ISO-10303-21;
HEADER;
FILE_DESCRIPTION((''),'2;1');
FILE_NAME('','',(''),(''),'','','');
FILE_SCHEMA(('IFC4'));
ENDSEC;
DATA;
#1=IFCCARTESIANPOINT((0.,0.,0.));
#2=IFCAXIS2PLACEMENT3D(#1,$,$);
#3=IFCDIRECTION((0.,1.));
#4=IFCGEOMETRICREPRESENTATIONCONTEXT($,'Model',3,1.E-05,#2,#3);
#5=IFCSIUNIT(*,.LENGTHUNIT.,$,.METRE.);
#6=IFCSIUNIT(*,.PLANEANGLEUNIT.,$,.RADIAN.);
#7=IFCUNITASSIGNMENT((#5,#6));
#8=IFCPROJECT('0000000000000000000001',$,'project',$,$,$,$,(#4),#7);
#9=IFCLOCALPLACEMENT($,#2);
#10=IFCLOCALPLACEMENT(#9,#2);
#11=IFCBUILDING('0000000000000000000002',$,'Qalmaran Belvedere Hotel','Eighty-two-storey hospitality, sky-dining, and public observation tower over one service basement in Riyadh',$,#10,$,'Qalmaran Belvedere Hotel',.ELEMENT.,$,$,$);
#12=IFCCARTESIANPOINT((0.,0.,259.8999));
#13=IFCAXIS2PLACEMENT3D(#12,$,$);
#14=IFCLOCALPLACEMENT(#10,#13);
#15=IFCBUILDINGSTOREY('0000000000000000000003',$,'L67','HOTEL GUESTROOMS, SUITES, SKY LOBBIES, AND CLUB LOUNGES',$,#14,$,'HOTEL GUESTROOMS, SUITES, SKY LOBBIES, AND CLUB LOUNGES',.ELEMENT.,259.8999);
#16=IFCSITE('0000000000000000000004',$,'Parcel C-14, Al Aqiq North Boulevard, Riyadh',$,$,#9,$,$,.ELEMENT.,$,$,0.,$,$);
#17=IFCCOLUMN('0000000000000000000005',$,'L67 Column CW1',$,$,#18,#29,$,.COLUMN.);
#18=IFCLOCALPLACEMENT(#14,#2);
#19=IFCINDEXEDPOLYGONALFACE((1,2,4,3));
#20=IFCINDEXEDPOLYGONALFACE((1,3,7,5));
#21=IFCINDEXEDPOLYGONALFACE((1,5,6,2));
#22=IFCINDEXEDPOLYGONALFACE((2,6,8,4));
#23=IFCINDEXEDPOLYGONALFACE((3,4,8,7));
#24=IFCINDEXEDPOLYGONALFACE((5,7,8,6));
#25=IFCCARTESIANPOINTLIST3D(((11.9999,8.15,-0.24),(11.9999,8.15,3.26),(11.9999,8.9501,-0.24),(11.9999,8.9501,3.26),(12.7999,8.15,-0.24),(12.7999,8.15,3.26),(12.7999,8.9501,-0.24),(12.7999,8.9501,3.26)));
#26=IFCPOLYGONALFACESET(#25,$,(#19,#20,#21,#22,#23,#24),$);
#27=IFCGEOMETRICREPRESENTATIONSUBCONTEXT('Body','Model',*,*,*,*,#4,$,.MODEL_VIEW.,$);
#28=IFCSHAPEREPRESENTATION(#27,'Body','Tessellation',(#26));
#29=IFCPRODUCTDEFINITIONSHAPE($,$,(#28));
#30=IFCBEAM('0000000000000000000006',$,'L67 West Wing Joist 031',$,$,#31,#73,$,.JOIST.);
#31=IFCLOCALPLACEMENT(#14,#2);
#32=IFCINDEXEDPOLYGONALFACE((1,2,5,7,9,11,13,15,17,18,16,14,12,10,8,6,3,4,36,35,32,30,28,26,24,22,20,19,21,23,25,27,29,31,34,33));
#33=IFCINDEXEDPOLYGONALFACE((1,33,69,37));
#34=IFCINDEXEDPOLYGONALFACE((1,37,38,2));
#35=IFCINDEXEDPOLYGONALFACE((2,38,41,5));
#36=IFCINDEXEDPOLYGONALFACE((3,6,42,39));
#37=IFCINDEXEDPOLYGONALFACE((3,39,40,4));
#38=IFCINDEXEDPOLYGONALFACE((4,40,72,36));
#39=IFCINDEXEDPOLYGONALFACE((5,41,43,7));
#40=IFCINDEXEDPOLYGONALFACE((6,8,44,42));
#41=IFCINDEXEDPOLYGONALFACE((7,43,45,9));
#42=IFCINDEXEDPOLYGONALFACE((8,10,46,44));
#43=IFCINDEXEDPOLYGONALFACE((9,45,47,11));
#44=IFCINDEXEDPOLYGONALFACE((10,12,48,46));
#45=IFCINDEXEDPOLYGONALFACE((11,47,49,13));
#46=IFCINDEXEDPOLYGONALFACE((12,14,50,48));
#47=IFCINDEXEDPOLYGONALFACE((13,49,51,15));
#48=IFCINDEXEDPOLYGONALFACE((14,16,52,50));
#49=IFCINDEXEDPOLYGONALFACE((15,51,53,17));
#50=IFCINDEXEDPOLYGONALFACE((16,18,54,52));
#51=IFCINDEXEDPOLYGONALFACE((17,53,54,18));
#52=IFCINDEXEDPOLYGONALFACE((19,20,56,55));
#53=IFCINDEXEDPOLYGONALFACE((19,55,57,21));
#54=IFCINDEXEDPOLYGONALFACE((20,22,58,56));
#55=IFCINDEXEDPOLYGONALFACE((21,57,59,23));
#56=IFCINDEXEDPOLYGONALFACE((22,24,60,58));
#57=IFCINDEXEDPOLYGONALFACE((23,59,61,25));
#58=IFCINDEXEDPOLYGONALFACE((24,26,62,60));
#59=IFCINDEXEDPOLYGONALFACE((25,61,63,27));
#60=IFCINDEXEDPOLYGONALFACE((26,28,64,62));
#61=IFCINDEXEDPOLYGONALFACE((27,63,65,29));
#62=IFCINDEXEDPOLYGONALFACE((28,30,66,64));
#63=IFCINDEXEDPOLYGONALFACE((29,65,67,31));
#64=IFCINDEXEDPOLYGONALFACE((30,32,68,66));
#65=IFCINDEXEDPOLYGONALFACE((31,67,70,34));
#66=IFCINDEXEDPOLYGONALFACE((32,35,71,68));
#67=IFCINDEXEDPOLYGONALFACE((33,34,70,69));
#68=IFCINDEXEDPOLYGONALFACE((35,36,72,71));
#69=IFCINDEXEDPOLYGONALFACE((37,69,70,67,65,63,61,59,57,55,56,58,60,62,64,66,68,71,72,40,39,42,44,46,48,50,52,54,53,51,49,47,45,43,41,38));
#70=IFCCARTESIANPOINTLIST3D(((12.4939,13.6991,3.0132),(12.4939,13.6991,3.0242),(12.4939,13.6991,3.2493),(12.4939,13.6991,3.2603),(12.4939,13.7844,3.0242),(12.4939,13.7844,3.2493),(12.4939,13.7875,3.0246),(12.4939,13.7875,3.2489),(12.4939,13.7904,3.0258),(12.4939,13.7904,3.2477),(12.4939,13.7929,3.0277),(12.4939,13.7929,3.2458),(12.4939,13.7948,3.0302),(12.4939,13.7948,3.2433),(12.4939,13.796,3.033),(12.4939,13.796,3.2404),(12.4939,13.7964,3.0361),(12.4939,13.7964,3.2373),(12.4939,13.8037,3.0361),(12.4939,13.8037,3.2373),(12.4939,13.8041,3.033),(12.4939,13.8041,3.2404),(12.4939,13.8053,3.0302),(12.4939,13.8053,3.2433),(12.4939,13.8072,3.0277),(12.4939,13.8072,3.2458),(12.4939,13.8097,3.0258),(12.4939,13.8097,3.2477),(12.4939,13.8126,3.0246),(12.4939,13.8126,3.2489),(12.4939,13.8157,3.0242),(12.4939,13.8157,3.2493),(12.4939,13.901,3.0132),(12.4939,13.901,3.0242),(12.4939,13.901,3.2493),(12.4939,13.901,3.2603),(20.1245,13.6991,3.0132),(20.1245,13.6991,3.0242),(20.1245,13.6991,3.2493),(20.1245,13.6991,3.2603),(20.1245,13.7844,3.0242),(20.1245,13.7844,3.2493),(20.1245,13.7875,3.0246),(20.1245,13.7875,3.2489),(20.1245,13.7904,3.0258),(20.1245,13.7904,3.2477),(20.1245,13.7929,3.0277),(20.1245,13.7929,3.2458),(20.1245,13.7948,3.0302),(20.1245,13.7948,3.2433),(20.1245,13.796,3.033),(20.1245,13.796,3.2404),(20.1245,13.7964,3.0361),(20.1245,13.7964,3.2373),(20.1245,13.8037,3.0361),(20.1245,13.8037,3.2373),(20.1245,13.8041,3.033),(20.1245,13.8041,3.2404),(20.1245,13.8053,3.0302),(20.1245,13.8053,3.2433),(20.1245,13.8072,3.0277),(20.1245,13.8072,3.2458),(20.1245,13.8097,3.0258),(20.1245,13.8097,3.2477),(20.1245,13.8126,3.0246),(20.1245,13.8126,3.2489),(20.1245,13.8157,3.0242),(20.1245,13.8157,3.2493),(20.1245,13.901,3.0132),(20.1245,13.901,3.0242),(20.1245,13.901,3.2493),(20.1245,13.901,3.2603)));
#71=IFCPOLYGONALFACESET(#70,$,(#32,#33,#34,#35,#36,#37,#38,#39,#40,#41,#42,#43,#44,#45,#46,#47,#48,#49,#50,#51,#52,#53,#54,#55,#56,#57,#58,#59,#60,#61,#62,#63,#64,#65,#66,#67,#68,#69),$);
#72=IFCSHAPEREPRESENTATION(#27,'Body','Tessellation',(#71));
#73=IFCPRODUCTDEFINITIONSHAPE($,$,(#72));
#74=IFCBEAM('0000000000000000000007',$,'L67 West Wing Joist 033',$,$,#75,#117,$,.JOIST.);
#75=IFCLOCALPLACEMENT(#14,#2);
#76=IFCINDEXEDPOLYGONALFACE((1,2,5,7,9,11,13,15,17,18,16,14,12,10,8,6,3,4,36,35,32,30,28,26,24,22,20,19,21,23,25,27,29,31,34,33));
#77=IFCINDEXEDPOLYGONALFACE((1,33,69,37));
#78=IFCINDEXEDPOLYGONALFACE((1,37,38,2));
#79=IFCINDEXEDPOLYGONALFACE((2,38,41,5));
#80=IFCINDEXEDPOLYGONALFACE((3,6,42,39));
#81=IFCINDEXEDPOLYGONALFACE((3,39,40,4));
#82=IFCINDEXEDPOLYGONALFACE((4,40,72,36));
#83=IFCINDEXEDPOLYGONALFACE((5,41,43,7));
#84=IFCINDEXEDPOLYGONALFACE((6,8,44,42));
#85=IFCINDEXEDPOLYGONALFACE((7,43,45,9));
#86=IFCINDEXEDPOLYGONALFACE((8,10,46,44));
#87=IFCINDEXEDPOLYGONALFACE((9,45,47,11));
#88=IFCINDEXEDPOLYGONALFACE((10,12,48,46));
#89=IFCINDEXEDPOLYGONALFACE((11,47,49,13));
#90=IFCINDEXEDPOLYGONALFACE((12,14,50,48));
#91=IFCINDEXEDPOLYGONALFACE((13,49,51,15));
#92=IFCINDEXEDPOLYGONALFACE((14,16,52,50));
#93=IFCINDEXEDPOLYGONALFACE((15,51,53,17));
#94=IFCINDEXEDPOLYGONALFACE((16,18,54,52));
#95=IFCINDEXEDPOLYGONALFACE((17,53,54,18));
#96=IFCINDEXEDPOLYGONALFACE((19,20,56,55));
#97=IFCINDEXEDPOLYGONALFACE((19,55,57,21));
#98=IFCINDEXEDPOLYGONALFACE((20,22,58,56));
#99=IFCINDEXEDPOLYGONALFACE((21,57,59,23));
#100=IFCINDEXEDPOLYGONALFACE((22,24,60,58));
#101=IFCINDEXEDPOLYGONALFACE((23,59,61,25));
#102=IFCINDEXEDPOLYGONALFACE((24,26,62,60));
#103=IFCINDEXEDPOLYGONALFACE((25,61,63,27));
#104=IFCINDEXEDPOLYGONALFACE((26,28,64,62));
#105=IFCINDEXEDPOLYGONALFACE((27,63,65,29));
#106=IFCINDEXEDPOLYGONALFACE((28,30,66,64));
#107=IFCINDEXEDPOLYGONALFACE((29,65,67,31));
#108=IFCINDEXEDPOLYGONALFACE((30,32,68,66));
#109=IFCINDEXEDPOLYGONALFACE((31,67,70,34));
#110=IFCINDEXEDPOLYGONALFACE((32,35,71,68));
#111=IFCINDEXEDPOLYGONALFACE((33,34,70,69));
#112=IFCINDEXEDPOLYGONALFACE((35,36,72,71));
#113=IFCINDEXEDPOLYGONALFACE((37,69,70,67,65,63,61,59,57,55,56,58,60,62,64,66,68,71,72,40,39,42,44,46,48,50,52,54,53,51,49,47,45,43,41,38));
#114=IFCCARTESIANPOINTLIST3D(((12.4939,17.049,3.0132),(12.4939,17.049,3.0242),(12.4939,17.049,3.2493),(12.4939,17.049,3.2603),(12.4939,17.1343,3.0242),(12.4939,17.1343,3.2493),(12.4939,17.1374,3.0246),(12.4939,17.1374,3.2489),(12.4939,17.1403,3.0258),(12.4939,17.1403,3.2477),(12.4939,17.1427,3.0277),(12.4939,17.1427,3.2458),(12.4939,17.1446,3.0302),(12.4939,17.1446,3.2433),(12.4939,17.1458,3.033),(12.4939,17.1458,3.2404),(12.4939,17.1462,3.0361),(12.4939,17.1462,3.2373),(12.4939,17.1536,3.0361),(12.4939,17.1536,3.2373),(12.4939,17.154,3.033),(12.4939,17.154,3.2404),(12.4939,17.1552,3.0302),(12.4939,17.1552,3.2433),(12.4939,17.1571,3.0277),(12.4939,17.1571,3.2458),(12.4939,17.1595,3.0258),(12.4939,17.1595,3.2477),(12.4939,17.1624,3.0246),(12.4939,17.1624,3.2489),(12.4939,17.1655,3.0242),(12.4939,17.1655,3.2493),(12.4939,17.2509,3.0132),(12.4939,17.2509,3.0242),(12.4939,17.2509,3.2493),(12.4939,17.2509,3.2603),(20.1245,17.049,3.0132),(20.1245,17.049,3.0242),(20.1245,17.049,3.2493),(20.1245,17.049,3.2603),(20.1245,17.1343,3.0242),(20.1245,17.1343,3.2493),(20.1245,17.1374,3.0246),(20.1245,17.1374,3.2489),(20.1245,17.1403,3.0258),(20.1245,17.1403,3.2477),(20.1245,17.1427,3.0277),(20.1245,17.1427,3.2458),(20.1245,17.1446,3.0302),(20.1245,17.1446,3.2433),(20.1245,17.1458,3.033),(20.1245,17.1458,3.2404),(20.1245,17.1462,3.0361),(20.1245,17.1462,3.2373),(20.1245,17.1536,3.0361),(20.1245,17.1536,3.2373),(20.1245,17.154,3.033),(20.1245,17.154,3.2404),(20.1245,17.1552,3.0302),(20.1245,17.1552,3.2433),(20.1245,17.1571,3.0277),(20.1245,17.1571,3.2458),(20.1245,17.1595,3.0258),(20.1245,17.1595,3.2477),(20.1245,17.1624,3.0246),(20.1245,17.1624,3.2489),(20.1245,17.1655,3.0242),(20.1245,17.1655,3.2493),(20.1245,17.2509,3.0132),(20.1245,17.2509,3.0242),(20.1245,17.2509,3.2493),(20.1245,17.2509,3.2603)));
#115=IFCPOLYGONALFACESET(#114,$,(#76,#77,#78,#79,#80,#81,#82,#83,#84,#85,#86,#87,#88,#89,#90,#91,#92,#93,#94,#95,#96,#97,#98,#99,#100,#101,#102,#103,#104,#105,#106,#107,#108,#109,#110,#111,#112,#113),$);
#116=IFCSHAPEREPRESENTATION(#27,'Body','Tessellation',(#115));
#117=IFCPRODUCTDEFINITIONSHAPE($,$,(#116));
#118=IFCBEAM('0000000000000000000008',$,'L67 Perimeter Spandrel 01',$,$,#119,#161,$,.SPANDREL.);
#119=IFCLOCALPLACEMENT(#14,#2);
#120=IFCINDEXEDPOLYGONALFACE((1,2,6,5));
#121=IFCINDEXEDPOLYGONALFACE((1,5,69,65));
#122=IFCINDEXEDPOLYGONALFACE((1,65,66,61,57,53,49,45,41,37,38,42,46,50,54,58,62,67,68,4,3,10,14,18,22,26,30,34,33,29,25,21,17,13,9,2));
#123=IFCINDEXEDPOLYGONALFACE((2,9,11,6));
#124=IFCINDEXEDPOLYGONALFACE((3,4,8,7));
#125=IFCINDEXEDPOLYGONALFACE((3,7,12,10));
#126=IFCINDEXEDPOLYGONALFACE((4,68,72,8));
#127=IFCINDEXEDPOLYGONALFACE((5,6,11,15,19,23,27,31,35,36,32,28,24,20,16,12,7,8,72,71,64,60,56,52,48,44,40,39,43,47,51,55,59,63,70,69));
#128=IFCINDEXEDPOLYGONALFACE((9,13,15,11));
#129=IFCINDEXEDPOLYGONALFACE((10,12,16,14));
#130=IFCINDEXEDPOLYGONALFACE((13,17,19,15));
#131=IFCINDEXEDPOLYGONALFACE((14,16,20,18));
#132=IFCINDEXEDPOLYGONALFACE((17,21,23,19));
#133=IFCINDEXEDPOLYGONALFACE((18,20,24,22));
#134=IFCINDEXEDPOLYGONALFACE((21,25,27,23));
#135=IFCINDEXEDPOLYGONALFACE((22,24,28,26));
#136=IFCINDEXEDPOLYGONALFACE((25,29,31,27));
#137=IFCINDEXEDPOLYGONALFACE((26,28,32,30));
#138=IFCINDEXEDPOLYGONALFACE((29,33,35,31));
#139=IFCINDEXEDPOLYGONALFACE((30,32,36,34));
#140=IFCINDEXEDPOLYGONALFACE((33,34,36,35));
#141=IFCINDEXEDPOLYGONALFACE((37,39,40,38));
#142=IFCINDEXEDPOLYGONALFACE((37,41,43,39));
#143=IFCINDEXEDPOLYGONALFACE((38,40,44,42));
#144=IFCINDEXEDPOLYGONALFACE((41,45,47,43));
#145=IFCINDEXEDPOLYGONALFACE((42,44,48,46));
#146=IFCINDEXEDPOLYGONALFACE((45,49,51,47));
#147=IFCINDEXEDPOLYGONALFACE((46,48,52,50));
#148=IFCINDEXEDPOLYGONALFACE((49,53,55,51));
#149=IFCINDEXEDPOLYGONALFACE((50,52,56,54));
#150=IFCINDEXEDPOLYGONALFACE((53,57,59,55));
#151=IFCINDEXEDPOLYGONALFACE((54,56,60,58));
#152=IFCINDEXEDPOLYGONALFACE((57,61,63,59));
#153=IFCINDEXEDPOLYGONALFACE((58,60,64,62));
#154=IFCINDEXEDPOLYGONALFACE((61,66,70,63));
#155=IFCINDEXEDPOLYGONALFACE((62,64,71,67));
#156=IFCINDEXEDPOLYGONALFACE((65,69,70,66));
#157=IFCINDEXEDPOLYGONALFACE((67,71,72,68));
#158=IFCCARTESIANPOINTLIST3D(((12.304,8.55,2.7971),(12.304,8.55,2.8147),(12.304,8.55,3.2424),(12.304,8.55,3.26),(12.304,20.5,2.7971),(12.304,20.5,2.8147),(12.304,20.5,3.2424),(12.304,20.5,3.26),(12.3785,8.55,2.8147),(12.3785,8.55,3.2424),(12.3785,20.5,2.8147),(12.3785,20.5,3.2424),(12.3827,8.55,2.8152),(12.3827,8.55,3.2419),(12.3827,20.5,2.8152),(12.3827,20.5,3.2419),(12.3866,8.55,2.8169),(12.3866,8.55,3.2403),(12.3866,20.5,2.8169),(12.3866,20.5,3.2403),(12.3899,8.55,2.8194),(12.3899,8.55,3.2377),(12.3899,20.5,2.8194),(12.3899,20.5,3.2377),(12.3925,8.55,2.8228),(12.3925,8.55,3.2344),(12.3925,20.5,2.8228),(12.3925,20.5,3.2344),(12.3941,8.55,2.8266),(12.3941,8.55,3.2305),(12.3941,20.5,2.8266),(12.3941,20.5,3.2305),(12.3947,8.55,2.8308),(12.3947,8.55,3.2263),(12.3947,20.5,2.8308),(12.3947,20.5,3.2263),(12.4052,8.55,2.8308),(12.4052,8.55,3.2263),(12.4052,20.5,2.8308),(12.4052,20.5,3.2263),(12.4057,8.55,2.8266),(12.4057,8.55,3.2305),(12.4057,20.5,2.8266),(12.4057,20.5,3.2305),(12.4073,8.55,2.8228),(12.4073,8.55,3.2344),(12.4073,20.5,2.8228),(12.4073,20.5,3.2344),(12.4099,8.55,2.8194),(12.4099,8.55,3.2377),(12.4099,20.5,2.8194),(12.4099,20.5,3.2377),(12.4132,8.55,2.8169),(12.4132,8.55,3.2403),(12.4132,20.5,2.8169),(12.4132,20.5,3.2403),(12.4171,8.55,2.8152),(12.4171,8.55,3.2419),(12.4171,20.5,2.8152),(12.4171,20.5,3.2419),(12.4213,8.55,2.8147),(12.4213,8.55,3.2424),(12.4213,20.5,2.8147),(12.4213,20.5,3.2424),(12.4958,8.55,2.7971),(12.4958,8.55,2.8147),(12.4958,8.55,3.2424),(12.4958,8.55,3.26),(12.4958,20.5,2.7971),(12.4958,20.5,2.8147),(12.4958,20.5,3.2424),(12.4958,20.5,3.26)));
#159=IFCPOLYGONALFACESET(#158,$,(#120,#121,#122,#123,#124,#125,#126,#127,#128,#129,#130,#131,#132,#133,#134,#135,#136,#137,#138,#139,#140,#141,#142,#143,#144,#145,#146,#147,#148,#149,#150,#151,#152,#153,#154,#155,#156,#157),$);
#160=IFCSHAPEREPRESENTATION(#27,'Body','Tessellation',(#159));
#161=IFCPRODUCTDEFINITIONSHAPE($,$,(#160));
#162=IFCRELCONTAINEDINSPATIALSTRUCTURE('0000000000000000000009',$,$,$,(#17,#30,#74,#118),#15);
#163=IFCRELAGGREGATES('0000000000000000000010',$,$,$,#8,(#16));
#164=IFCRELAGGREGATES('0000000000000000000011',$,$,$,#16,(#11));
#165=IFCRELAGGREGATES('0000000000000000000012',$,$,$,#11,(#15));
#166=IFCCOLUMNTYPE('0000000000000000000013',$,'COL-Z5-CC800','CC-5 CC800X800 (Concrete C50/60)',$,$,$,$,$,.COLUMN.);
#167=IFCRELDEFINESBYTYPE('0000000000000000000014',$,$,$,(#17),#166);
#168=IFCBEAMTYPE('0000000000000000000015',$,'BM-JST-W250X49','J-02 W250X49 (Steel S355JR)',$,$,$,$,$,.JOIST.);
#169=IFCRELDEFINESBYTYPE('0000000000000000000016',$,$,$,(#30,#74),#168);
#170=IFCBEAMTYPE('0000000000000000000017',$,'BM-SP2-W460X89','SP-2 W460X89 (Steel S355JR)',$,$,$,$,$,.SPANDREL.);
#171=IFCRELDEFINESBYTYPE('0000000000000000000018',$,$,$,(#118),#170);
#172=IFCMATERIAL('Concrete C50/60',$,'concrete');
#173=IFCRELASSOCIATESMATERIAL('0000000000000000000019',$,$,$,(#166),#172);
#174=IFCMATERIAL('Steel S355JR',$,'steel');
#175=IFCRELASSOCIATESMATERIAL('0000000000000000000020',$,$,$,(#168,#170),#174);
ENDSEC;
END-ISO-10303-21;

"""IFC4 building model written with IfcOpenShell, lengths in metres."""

from ifc_helpers import new_model, si_unit, direction, frame, origin, origin_2d, place, context, subcontext, project, spatial, rectangle, i_section, extrude, material, material_profile, profile_set, type_object, element, save


model = new_model("IFC4")

# Units and contexts
model_context = context("Model", 3, precision=1e-05, world=origin(), true_north=direction((0.0, 1.0)))
body_context = subcontext(model_context, "Body", "Model", "MODEL_VIEW")
ifc_project = project(units=[si_unit("LENGTHUNIT", "METRE"), si_unit("PLANEANGLEUNIT", "RADIAN")], contexts=[model_context])

# Site, building, storey
site_placement = place(None, origin())
site = spatial("IfcSite", under=ifc_project, at=site_placement, Name="Parcel C-14, Al Aqiq North Boulevard, Riyadh", CompositionType="ELEMENT", RefElevation=0.0)
building_placement = place(site_placement, origin())
building = spatial("IfcBuilding", under=site, at=building_placement, Name="Qalmaran Belvedere Hotel", Description="Eighty-two-storey hospitality, sky-dining, and public observation tower over one service basement in Riyadh", LongName="Qalmaran Belvedere Hotel", CompositionType="ELEMENT")
storey_placement = place(building_placement, frame((0.0, 0.0, 259.8999)))
storey = spatial("IfcBuildingStorey", under=building, at=storey_placement, Name="L67", Description="HOTEL GUESTROOMS, SUITES, SKY LOBBIES, AND CLUB LOUNGES", LongName="HOTEL GUESTROOMS, SUITES, SKY LOBBIES, AND CLUB LOUNGES", CompositionType="ELEMENT", Elevation=259.8999)

# Column
ifc_material_1 = material(Name="Concrete C50/60", Category="concrete")
ifc_material_profile_1 = material_profile(ifc_material_1, rectangle(XDim=0.8, YDim=0.8, at=origin_2d()), Name="CC800X800")
ifc_profile_set_1 = profile_set([ifc_material_profile_1], Name="Concrete C50/60")
column_type = type_object("IfcColumnType", Name="COL-Z5-CC800", Description="CC-5 CC800X800 (Concrete C50/60)", PredefinedType="COLUMN", material=ifc_profile_set_1)
column_placement = place(storey_placement, frame((12.3999, 8.55, -0.24), z_axis=(0.0, 0.0, 1.0), x_axis=(1.0, 0.0, 0.0)))
element("IfcColumn", 1, at=column_placement, inside=storey, type_object=column_type, Name="L67 Column CW1", PredefinedType="COLUMN", context=body_context, shape_type="SweptSolid", body=[
    extrude(rectangle(XDim=0.8, YDim=0.8, at=origin_2d()), origin(), (0.0, 0.0, 1.0), 3.5),
])

# Beams
ifc_material_2 = material(Name="Steel S355JR", Category="steel")
ifc_material_profile_2 = material_profile(ifc_material_2, i_section(OverallWidth=0.2019, OverallDepth=0.2471, WebThickness=0.0073, FlangeThickness=0.011, FilletRadius=0.012, at=origin_2d()), Name="W250X49")
ifc_profile_set_2 = profile_set([ifc_material_profile_2], Name="Steel S355JR")
beam_type_1 = type_object("IfcBeamType", Name="BM-JST-W250X49", Description="J-02 W250X49 (Steel S355JR)", PredefinedType="JOIST", material=ifc_profile_set_2)
for number, where, z_axis, x_axis, name in (
    (2, (12.4939, 13.8, 3.1367), (1.0, 0.0, 0.0), (0.0, 1.0, 0.0), "L67 West Wing Joist 031"),
    (3, (12.4939, 17.1499, 3.1367), (1.0, 0.0, 0.0), (0.0, 1.0, 0.0), "L67 West Wing Joist 033"),
):
    element("IfcBeam", number, at=place(storey_placement, frame(where, z_axis=z_axis, x_axis=x_axis)), inside=storey, type_object=beam_type_1, Name=name, PredefinedType="JOIST", context=body_context, shape_type="SweptSolid", body=[
        extrude(i_section(OverallWidth=0.2019, OverallDepth=0.2471, WebThickness=0.0073, FlangeThickness=0.011, FilletRadius=0.012, at=origin_2d()), origin(), (0.0, 0.0, 1.0), 7.6306),
    ])
ifc_material_profile_3 = material_profile(ifc_material_2, i_section(OverallWidth=0.1919, OverallDepth=0.4629, WebThickness=0.0105, FlangeThickness=0.0176, FilletRadius=0.0161, at=origin_2d()), Name="W460X89")
ifc_profile_set_3 = profile_set([ifc_material_profile_3], Name="Steel S355JR")
beam_type_2 = type_object("IfcBeamType", Name="BM-SP2-W460X89", Description="SP-2 W460X89 (Steel S355JR)", PredefinedType="SPANDREL", material=ifc_profile_set_3)
beam_1_placement = place(storey_placement, frame((12.3999, 8.55, 3.0286), z_axis=(0.0, 1.0, 0.0), x_axis=(-1.0, 0.0, 0.0)))
element("IfcBeam", 4, at=beam_1_placement, inside=storey, type_object=beam_type_2, Name="L67 Perimeter Spandrel 01", PredefinedType="SPANDREL", context=body_context, shape_type="SweptSolid", body=[
    extrude(i_section(OverallWidth=0.1919, OverallDepth=0.4629, WebThickness=0.0105, FlangeThickness=0.0176, FilletRadius=0.0161, at=origin_2d()), origin(), (0.0, 0.0, 1.0), 11.95),
])

save(model, "model.ifc")
